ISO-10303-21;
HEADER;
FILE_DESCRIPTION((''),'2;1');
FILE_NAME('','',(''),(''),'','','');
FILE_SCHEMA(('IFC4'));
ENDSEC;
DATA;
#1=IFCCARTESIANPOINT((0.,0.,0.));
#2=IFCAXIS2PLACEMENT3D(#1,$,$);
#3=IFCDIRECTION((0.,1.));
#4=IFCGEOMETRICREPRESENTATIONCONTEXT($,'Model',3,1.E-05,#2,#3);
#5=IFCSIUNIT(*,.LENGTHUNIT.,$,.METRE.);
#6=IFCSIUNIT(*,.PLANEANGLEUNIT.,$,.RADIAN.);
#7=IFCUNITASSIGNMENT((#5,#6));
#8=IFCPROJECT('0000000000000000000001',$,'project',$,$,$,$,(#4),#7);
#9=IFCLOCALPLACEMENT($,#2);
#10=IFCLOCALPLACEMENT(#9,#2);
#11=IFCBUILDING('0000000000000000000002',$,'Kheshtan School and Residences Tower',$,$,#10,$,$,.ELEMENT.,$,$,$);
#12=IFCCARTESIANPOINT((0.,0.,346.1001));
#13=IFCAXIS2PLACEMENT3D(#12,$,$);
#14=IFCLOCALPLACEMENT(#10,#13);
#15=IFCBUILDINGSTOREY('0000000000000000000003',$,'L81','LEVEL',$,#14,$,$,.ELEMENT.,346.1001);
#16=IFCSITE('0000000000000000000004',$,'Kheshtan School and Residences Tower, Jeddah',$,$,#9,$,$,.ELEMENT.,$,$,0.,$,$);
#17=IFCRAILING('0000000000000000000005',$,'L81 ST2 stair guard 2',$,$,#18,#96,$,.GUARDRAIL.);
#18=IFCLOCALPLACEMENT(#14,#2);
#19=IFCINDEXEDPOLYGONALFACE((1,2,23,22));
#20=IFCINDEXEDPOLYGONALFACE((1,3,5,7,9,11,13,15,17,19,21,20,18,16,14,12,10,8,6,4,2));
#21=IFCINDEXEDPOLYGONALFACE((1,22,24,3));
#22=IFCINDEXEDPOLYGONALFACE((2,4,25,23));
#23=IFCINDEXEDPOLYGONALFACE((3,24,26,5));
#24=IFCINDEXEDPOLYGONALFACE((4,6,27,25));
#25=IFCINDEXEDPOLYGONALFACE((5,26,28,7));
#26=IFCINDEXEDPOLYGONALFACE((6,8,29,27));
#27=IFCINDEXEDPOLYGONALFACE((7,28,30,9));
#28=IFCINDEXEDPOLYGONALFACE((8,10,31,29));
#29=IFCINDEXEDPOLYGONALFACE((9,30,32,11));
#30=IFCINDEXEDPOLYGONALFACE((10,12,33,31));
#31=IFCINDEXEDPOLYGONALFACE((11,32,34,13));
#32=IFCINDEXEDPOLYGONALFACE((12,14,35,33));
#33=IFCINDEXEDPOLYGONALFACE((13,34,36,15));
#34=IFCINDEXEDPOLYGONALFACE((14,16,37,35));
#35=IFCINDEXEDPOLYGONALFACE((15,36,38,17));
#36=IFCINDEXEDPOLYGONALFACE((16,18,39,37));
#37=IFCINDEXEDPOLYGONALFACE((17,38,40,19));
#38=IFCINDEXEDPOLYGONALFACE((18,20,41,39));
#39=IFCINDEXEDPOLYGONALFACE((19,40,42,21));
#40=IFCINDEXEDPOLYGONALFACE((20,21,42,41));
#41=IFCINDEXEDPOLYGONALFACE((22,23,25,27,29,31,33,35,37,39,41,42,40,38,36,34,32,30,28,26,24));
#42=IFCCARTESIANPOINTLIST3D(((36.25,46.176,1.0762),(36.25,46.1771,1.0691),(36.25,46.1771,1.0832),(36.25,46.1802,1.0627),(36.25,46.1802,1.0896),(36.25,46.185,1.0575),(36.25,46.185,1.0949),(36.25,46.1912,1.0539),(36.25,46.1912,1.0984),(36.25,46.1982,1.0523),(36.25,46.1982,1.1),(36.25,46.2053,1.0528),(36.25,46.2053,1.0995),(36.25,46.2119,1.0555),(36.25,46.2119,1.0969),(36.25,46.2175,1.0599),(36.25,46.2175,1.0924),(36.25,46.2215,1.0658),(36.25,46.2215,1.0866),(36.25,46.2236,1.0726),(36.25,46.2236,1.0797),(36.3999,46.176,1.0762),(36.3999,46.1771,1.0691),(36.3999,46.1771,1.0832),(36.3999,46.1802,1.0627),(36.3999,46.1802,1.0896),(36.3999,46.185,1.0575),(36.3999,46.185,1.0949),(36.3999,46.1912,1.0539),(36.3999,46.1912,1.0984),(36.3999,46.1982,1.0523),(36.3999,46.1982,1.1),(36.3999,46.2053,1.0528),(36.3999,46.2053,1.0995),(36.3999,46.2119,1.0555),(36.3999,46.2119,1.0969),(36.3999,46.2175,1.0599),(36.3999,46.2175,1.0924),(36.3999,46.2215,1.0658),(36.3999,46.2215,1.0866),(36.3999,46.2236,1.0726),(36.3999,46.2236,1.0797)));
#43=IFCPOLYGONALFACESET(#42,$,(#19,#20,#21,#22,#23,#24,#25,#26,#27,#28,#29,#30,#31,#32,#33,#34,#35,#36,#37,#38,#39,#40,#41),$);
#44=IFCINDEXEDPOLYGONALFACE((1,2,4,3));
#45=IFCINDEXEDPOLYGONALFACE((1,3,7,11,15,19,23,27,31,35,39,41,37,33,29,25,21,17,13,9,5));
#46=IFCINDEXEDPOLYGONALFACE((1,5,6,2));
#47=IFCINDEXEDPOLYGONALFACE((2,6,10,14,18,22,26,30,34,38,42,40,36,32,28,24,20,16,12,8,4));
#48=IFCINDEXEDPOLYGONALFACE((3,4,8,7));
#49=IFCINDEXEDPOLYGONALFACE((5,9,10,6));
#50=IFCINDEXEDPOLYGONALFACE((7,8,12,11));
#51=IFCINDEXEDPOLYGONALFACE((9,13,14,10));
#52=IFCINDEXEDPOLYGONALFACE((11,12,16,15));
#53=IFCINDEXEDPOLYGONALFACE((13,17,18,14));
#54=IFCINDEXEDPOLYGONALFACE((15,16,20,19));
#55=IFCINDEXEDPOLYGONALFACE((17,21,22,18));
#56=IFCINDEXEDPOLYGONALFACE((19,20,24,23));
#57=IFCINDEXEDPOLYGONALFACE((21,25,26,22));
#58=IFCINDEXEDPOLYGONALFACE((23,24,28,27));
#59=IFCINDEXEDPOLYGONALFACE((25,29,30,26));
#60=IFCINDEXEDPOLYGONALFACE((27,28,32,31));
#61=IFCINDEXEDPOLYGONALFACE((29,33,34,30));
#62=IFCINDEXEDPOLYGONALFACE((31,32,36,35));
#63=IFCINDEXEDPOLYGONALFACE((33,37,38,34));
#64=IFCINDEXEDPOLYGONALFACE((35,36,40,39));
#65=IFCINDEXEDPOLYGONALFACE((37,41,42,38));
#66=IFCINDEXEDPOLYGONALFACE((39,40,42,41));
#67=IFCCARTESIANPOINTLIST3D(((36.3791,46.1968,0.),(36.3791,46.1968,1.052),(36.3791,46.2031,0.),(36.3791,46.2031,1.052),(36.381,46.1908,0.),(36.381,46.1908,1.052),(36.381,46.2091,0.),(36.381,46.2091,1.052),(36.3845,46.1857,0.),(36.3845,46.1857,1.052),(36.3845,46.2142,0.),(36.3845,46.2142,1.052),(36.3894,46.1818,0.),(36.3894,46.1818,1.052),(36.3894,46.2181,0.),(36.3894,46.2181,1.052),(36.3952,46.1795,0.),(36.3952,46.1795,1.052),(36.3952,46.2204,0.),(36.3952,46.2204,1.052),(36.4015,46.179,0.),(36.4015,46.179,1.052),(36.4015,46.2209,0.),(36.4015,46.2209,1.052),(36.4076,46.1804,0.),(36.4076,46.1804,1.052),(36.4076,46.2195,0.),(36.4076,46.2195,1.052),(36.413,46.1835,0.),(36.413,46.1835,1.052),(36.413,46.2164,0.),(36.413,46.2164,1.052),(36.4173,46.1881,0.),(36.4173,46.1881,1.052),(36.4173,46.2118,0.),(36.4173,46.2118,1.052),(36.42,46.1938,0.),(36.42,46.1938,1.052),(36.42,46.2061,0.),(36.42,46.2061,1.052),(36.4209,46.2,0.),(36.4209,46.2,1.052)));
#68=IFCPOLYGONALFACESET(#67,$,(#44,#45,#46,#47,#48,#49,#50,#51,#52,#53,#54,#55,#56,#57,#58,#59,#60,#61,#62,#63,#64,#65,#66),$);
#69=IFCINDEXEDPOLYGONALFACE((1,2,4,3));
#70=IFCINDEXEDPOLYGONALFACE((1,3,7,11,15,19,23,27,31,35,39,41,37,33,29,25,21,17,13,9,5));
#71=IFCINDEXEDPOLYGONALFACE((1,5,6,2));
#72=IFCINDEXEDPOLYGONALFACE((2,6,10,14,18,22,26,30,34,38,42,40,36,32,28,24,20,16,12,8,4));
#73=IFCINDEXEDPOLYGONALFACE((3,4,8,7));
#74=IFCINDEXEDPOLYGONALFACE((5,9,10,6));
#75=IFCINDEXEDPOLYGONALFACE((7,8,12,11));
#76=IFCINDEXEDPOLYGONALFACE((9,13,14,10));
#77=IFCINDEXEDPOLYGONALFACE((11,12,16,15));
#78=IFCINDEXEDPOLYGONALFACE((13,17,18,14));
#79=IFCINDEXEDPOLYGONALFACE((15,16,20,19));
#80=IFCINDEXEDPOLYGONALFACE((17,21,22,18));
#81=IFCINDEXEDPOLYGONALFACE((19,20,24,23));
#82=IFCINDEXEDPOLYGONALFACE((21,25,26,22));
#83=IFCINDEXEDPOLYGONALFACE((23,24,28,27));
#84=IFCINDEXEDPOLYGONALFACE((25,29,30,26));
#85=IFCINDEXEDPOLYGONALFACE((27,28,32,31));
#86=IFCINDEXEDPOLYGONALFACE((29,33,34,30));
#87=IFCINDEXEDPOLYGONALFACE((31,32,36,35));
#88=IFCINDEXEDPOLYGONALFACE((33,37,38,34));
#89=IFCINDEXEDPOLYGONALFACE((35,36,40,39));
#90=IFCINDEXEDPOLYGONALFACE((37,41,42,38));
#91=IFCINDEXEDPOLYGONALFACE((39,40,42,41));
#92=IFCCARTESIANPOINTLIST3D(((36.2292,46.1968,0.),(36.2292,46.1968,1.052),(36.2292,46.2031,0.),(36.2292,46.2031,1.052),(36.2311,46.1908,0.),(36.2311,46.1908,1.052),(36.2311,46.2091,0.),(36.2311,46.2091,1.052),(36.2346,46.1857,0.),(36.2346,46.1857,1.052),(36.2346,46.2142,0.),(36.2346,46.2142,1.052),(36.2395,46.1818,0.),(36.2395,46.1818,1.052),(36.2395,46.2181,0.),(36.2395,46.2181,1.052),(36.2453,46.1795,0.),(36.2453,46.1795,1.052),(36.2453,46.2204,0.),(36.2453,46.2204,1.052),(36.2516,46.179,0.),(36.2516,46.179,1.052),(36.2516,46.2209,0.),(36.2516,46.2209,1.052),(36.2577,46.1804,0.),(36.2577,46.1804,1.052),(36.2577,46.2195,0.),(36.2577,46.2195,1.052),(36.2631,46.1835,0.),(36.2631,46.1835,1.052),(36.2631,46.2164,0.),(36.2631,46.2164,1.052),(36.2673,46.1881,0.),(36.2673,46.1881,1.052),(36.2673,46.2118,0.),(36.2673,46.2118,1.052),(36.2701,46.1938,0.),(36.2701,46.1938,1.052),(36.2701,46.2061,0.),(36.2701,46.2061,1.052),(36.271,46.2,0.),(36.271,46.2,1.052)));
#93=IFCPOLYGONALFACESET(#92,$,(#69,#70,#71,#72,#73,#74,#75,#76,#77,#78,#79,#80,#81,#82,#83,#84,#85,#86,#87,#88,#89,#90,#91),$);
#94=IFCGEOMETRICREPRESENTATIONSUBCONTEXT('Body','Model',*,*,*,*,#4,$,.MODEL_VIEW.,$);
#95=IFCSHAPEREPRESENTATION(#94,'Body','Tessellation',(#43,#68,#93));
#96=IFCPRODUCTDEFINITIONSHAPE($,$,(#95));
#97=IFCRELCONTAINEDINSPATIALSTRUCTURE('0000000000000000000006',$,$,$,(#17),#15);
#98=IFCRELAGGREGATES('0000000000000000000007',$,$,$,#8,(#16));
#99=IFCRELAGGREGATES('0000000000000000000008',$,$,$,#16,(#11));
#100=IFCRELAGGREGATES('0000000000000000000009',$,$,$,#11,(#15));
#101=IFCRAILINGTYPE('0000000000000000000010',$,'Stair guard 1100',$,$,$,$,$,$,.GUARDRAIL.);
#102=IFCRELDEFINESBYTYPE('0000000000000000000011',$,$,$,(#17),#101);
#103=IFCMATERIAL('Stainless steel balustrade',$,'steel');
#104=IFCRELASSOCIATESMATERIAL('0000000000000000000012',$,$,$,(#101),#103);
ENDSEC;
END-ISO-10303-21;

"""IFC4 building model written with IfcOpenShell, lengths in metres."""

from ifc_helpers import new_model, si_unit, direction, frame, origin, origin_2d, place, context, subcontext, project, spatial, circle, extrude, material, type_object, element, save


model = new_model("IFC4")

# Units and contexts
model_context = context("Model", 3, precision=1e-05, world=origin(), true_north=direction((0.0, 1.0)))
body_context = subcontext(model_context, "Body", "Model", "MODEL_VIEW")
ifc_project = project(units=[si_unit("LENGTHUNIT", "METRE"), si_unit("PLANEANGLEUNIT", "RADIAN")], contexts=[model_context])

# Site, building, storey
site_placement = place(None, origin())
site = spatial("IfcSite", under=ifc_project, at=site_placement, Name="Kheshtan School and Residences Tower, Jeddah", CompositionType="ELEMENT", RefElevation=0.0)
building_placement = place(site_placement, origin())
building = spatial("IfcBuilding", under=site, at=building_placement, Name="Kheshtan School and Residences Tower", CompositionType="ELEMENT")
storey_placement = place(building_placement, frame((0.0, 0.0, 346.1001)))
storey = spatial("IfcBuildingStorey", under=building, at=storey_placement, Name="L81", Description="LEVEL", CompositionType="ELEMENT", Elevation=346.1001)

# Railing
ifc_material_1 = material(Name="Stainless steel balustrade", Category="steel")
railing_type_1 = type_object("IfcRailingType", Name="Stair guard 1100", PredefinedType="GUARDRAIL", material=ifc_material_1)
railing_1_placement = place(storey_placement, frame((36.3999, 46.2, 0.0)))
element("IfcRailing", 1, at=railing_1_placement, inside=storey, type_object=railing_type_1, Name="L81 ST2 stair guard 2", PredefinedType="GUARDRAIL", context=body_context, shape_type="SweptSolid", body=[
    extrude(circle(Radius=0.0239, at=origin_2d()), frame((0.0, 0.0, 1.0762), z_axis=(-1.0, 0.0, 0.0), x_axis=(0.0, -1.0, 0.0)), (0.0, 0.0, 1.0), 0.1499),
    extrude(circle(Radius=0.021, at=origin_2d()), origin(), (0.0, 0.0, 1.0), 1.052),
    extrude(circle(Radius=0.021, at=origin_2d()), frame((-0.1499, 0.0, 0.0)), (0.0, 0.0, 1.0), 1.052),
])

save(model, "model.ifc")
